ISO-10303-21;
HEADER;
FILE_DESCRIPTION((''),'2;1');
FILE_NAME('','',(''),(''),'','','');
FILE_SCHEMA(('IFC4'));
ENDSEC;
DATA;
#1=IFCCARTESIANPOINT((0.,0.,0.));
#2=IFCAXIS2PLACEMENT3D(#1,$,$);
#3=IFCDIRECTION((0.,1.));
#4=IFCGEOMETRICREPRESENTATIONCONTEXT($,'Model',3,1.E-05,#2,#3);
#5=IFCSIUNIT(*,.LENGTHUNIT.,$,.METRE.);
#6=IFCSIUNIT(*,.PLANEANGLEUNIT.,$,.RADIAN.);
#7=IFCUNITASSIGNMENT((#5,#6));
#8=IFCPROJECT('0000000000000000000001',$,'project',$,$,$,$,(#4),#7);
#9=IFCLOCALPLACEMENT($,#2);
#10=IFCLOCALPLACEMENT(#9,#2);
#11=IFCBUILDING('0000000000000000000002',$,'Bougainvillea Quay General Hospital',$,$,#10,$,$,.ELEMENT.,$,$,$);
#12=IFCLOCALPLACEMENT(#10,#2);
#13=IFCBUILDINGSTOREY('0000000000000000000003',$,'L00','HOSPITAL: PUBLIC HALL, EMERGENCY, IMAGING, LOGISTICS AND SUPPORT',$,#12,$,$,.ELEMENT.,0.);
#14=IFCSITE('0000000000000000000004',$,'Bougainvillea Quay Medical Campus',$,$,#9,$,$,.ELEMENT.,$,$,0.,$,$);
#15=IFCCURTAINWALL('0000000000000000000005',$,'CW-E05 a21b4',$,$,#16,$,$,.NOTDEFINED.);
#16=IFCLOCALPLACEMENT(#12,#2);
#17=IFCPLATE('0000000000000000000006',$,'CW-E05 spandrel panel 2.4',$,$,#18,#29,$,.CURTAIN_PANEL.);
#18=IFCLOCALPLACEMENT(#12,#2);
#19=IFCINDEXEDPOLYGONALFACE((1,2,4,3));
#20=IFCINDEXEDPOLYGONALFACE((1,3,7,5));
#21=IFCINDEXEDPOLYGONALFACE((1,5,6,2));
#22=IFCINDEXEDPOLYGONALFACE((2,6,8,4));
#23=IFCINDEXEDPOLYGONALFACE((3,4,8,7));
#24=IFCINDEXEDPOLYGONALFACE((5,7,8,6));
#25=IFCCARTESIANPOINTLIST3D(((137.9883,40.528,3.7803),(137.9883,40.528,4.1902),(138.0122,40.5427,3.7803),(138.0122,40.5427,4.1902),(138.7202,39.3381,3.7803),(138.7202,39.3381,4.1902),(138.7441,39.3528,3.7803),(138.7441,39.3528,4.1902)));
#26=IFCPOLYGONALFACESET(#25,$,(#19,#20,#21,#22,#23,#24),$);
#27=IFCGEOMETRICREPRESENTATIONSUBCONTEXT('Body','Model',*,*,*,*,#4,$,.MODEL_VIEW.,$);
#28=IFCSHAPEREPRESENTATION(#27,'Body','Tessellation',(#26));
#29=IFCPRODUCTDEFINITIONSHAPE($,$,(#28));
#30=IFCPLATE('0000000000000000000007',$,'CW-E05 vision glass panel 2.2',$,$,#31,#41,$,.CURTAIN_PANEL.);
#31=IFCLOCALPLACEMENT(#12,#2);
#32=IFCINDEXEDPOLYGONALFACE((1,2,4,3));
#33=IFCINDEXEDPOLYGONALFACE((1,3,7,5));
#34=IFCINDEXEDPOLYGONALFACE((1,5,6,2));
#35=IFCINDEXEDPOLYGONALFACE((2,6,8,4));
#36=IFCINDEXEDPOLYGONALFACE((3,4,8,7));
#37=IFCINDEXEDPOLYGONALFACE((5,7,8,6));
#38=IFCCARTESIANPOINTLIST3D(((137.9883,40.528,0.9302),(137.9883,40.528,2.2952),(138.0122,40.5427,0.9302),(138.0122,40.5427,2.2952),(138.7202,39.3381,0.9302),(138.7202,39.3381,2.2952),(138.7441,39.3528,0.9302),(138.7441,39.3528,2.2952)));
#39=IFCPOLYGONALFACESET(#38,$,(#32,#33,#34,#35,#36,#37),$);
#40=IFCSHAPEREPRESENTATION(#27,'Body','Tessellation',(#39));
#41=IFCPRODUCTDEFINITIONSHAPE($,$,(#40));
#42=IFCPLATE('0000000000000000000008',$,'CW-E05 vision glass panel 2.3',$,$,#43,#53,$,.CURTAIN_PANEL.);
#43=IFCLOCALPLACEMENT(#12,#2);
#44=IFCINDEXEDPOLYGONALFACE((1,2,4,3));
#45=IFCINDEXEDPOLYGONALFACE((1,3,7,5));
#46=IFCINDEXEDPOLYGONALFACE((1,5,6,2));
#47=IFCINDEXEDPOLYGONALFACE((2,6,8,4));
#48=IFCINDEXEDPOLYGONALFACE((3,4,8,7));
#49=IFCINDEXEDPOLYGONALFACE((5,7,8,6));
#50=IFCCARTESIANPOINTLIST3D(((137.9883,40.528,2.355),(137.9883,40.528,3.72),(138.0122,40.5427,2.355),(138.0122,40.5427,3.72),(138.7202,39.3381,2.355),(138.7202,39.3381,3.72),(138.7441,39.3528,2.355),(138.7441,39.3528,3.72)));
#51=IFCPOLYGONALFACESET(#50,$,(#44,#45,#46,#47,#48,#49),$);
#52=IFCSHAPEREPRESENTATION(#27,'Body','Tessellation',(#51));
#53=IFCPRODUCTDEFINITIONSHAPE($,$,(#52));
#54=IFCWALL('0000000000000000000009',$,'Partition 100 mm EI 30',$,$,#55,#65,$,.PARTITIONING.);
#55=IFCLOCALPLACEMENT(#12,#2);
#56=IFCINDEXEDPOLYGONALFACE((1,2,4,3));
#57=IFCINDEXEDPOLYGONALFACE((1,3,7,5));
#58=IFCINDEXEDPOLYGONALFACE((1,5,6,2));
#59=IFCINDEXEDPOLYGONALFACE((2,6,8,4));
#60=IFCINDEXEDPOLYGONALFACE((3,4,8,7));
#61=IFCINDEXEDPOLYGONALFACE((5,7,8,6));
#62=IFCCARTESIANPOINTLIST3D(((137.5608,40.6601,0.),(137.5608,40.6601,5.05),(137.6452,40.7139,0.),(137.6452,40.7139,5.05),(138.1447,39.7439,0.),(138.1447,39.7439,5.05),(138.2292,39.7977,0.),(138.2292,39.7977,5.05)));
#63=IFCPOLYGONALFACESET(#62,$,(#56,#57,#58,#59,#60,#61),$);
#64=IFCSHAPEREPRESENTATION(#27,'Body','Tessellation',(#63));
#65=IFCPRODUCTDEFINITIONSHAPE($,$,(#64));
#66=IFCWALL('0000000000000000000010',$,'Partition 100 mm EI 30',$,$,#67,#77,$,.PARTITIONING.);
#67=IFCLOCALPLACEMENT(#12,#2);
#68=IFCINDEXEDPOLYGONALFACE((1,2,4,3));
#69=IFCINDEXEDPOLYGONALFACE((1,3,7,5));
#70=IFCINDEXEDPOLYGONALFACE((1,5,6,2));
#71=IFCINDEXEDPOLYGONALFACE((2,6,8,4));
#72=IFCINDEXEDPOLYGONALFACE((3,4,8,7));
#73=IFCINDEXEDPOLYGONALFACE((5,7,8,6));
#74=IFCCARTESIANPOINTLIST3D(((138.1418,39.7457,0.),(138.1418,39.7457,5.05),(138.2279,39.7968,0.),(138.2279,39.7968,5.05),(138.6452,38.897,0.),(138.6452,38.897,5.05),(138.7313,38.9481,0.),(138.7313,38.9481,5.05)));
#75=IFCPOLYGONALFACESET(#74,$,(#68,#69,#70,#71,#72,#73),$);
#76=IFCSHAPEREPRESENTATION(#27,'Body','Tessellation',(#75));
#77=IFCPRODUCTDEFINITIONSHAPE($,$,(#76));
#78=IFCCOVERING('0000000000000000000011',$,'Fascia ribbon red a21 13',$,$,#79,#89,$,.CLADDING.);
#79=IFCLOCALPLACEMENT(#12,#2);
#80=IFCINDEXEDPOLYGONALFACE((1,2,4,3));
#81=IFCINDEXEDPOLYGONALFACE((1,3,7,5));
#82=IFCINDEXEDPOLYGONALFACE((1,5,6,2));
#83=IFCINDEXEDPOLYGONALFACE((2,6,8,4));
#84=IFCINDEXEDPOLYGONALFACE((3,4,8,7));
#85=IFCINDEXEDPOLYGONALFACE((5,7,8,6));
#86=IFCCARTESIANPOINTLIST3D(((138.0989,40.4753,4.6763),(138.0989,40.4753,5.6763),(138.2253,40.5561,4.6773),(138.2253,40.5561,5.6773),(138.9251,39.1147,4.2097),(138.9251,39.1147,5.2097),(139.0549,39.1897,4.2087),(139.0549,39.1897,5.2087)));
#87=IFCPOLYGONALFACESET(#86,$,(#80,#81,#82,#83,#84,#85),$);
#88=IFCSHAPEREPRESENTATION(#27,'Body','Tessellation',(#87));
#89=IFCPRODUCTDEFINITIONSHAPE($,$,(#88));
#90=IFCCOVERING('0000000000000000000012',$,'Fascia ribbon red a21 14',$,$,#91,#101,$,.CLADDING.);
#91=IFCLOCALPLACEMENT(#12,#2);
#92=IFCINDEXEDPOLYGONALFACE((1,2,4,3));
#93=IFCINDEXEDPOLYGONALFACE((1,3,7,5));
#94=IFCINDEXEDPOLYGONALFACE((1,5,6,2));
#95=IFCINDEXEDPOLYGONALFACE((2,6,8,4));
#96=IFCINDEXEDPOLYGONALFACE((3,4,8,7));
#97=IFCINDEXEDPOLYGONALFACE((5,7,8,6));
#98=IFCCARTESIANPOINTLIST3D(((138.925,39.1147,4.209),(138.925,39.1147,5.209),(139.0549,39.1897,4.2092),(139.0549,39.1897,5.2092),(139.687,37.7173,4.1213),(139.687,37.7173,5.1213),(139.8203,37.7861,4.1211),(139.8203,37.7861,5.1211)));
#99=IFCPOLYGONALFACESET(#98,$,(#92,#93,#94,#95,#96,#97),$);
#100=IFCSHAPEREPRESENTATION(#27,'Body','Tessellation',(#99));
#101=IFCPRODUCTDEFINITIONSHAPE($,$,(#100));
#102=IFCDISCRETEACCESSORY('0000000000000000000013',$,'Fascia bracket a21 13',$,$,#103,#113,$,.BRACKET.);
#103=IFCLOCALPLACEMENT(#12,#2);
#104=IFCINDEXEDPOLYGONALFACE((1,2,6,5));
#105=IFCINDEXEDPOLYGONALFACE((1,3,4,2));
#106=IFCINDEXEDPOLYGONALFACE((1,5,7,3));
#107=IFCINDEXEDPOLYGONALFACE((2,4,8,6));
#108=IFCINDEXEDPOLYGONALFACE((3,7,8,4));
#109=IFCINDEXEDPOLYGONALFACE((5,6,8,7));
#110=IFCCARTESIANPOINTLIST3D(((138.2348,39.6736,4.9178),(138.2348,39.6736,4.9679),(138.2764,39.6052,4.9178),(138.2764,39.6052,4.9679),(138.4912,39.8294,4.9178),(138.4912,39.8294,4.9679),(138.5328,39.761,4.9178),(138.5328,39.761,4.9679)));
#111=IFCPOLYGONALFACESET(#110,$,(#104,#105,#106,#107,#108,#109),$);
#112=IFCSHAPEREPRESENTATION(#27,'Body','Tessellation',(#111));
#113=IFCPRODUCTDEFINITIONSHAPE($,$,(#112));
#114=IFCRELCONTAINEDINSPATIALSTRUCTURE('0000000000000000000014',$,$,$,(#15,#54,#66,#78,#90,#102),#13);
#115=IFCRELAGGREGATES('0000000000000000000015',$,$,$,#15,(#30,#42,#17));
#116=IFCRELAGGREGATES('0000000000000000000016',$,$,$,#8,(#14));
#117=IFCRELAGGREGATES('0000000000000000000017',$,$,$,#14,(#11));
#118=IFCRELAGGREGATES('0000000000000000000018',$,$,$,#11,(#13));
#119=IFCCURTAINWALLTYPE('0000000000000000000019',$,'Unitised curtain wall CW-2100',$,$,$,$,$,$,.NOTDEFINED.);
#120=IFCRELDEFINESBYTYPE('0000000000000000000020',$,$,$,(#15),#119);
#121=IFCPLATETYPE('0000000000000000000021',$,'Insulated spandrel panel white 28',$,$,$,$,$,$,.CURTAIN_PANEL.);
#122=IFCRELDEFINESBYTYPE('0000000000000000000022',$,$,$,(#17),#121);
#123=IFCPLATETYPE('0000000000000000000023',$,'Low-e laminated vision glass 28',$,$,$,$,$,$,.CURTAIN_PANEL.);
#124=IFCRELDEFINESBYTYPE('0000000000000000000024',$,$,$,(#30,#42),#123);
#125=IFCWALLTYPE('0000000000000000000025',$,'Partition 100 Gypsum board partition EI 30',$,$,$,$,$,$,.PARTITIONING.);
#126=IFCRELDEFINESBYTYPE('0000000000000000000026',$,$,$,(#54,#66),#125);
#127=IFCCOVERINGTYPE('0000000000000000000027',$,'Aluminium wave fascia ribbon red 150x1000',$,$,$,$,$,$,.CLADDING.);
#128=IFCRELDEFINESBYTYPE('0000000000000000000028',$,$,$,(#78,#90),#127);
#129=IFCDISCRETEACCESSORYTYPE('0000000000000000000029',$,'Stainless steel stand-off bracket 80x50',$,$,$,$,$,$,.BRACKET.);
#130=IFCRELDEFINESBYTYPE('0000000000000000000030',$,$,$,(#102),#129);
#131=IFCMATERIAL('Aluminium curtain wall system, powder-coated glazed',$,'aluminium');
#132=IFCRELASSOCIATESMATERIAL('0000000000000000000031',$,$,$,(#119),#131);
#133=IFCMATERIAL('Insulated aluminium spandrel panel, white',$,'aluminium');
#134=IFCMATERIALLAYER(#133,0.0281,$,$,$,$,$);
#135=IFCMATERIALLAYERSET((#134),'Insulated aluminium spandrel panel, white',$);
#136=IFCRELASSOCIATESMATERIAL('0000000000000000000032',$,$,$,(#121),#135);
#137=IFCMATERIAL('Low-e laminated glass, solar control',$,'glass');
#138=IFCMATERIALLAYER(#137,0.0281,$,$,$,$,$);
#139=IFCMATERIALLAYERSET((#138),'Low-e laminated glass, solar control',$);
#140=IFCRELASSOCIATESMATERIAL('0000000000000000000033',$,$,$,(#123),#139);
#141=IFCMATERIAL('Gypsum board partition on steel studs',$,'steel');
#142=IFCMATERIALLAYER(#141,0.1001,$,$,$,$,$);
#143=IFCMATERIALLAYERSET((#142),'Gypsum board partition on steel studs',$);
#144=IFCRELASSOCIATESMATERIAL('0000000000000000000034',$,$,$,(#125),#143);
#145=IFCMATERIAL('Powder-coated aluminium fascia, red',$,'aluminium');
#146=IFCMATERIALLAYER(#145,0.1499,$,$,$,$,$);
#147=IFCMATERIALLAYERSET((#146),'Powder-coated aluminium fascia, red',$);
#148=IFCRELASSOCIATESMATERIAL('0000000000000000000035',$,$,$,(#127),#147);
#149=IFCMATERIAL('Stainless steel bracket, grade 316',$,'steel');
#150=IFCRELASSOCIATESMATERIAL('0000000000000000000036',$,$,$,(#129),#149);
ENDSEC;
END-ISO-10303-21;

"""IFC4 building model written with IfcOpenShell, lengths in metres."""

from ifc_helpers import new_model, si_unit, direction, frame, frame_2d, origin, origin_2d, place, context, subcontext, project, spatial, polyline, rectangle, outline, extrude, material, layer, layer_set, material_profile, profile_set, type_object, element, aggregate, save


model = new_model("IFC4")

# Units and contexts
model_context = context("Model", 3, precision=1e-05, world=origin(), true_north=direction((0.0, 1.0)))
body_context = subcontext(model_context, "Body", "Model", "MODEL_VIEW")
ifc_project = project(units=[si_unit("LENGTHUNIT", "METRE"), si_unit("PLANEANGLEUNIT", "RADIAN")], contexts=[model_context])

# Site, building, storey
site_placement = place(None, origin())
site = spatial("IfcSite", under=ifc_project, at=site_placement, Name="Bougainvillea Quay Medical Campus", CompositionType="ELEMENT", RefElevation=0.0)
building_placement = place(site_placement, origin())
building = spatial("IfcBuilding", under=site, at=building_placement, Name="Bougainvillea Quay General Hospital", CompositionType="ELEMENT")
storey_placement = place(building_placement, origin())
storey = spatial("IfcBuildingStorey", under=building, at=storey_placement, Name="L00", Description="HOSPITAL: PUBLIC HALL, EMERGENCY, IMAGING, LOGISTICS AND SUPPORT", CompositionType="ELEMENT", Elevation=0.0)

# Curtain wall, plates
ifc_material_1 = material(Name="Aluminium curtain wall system, powder-coated glazed", Category="aluminium")
curtain_wall_type = type_object("IfcCurtainWallType", Name="Unitised curtain wall CW-2100", PredefinedType="NOTDEFINED", material=ifc_material_1)
curtain_wall_placement = place(storey_placement, origin())
curtain_wall = element("IfcCurtainWall", 1, at=curtain_wall_placement, inside=storey, type_object=curtain_wall_type, Name="CW-E05 a21b4", PredefinedType="NOTDEFINED")
ifc_material_2 = material(Name="Insulated aluminium spandrel panel, white", Category="aluminium")
ifc_layer_1 = layer(ifc_material_2, 0.0281)
ifc_layer_set_1 = layer_set([ifc_layer_1], Name="Insulated aluminium spandrel panel, white")
plate_type_1 = type_object("IfcPlateType", Name="Insulated spandrel panel white 28", PredefinedType="CURTAIN_PANEL", material=ifc_layer_set_1)
plate_1_placement = place(storey_placement, frame((138.3662, 39.9404, 3.7803), z_axis=(0.0, 0.0, 1.0), x_axis=(0.523926, -0.851764, 0.0)))
plate_1 = element("IfcPlate", 2, at=plate_1_placement, type_object=plate_type_1, Name="CW-E05 spandrel panel 2.4", PredefinedType="CURTAIN_PANEL", context=body_context, shape_type="SweptSolid", body=[
    extrude(rectangle(XDim=1.397, YDim=0.0281, at=origin_2d()), origin(), (0.0, 0.0, 1.0), 0.4099),
])
ifc_material_3 = material(Name="Low-e laminated glass, solar control", Category="glass")
ifc_layer_2 = layer(ifc_material_3, 0.0281)
ifc_layer_set_2 = layer_set([ifc_layer_2], Name="Low-e laminated glass, solar control")
plate_type_2 = type_object("IfcPlateType", Name="Low-e laminated vision glass 28", PredefinedType="CURTAIN_PANEL", material=ifc_layer_set_2)
plate_2_placement = place(storey_placement, frame((138.3662, 39.9404, 0.9302), z_axis=(0.0, 0.0, 1.0), x_axis=(0.523926, -0.851764, 0.0)))
plate_2 = element("IfcPlate", 3, at=plate_2_placement, type_object=plate_type_2, Name="CW-E05 vision glass panel 2.2", PredefinedType="CURTAIN_PANEL", context=body_context, shape_type="SweptSolid", body=[
    extrude(rectangle(XDim=1.397, YDim=0.0281, at=origin_2d()), origin(), (0.0, 0.0, 1.0), 1.365),
])
plate_3_placement = place(storey_placement, frame((138.3662, 39.9404, 2.355), z_axis=(0.0, 0.0, 1.0), x_axis=(0.523926, -0.851764, 0.0)))
plate_3 = element("IfcPlate", 4, at=plate_3_placement, type_object=plate_type_2, Name="CW-E05 vision glass panel 2.3", PredefinedType="CURTAIN_PANEL", context=body_context, shape_type="SweptSolid", body=[
    extrude(rectangle(XDim=1.397, YDim=0.0281, at=origin_2d()), origin(), (0.0, 0.0, 1.0), 1.365),
])
aggregate(curtain_wall, [plate_2, plate_3, plate_1])

# Walls
ifc_material_4 = material(Name="Gypsum board partition on steel studs", Category="steel")
ifc_layer_3 = layer(ifc_material_4, 0.1001)
ifc_layer_set_3 = layer_set([ifc_layer_3], Name="Gypsum board partition on steel studs")
wall_type = type_object("IfcWallType", Name="Partition 100 Gypsum board partition EI 30", PredefinedType="PARTITIONING", material=ifc_layer_set_3)
wall_1_placement = place(storey_placement, frame((137.603, 40.687, 0.0), z_axis=(0.0, 0.0, 1.0), x_axis=(0.537471, -0.843282, 0.0)))
element("IfcWall", 5, at=wall_1_placement, inside=storey, type_object=wall_type, Name="Partition 100 mm EI 30", PredefinedType="PARTITIONING", context=body_context, shape_type="SweptSolid", body=[
    extrude(rectangle(XDim=1.0864, YDim=0.1001, at=frame_2d((0.5432, 0.0))), origin(), (0.0, 0.0, 1.0), 5.05),
])
wall_2_placement = place(storey_placement, frame((138.1848, 39.7712, 0.0), z_axis=(0.0, 0.0, 1.0), x_axis=(0.510196, -0.860058, 0.0)))
element("IfcWall", 6, at=wall_2_placement, inside=storey, type_object=wall_type, Name="Partition 100 mm EI 30", PredefinedType="PARTITIONING", context=body_context, shape_type="SweptSolid", body=[
    extrude(rectangle(XDim=0.9868, YDim=0.1001, at=frame_2d((0.4934, 0.0))), origin(), (0.0, 0.0, 1.0), 5.05),
])

# Coverings
ifc_material_5 = material(Name="Powder-coated aluminium fascia, red", Category="aluminium")
ifc_layer_4 = layer(ifc_material_5, 0.1499)
ifc_layer_set_4 = layer_set([ifc_layer_4], Name="Powder-coated aluminium fascia, red")
covering_type = type_object("IfcCoveringType", Name="Aluminium wave fascia ribbon red 150x1000", PredefinedType="CLADDING", material=ifc_layer_set_4)
covering_1_placement = place(storey_placement, frame((138.0989, 40.4753, 4.6763), z_axis=(0.14605, -0.240365, 0.959632), x_axis=(0.49807, -0.820256, -0.281258)))
element("IfcCovering", 7, at=covering_1_placement, inside=storey, type_object=covering_type, Name="Fascia ribbon red a21 13", PredefinedType="CLADDING", context=body_context, shape_type="SweptSolid", body=[
    extrude(outline(polyline([(0.0, 0.0), (1.6588, 0.0), (1.6622, 0.1499), (-0.0036, 0.15), (0.0, 0.0)])), origin(), (-0.281258, -0.00008, 0.959632), 1.0),
])
covering_2_placement = place(storey_placement, frame((138.925, 39.1147, 4.209), z_axis=(0.026378, -0.048278, 0.998486), x_axis=(0.477987, -0.876642, -0.055014)))
element("IfcCovering", 8, at=covering_2_placement, inside=storey, type_object=covering_type, Name="Fascia ribbon red a21 14", PredefinedType="CLADDING", context=body_context, shape_type="SweptSolid", body=[
    extrude(outline(polyline([(0.0, 0.0), (1.5941, 0.0), (1.5975, 0.15), (-0.0036, 0.1499), (0.0, 0.0)])), origin(), (-0.055014, -0.000048, 0.998486), 1.0),
])

# Discrete accessory
ifc_material_6 = material(Name="Stainless steel bracket, grade 316", Category="steel")
ifc_material_profile_1 = material_profile(ifc_material_6, rectangle(XDim=0.0801, YDim=0.05, at=origin_2d()))
ifc_profile_set_1 = profile_set([ifc_material_profile_1], Name="Stainless steel bracket, grade 316")
discrete_accessory_type = type_object("IfcDiscreteAccessoryType", Name="Stainless steel stand-off bracket 80x50", PredefinedType="BRACKET", material=ifc_profile_set_1)
discrete_accessory_placement = place(storey_placement, frame((138.2556, 39.6394, 4.9429), z_axis=(0.854607, 0.519275, 0.0), x_axis=(-0.519275, 0.854607, 0.0)))
element("IfcDiscreteAccessory", 9, at=discrete_accessory_placement, inside=storey, type_object=discrete_accessory_type, Name="Fascia bracket a21 13", PredefinedType="BRACKET", context=body_context, shape_type="SweptSolid", body=[
    extrude(rectangle(XDim=0.0801, YDim=0.05, at=origin_2d()), origin(), (0.0, 0.0, 1.0), 0.3),
])

save(model, "model.ifc")
